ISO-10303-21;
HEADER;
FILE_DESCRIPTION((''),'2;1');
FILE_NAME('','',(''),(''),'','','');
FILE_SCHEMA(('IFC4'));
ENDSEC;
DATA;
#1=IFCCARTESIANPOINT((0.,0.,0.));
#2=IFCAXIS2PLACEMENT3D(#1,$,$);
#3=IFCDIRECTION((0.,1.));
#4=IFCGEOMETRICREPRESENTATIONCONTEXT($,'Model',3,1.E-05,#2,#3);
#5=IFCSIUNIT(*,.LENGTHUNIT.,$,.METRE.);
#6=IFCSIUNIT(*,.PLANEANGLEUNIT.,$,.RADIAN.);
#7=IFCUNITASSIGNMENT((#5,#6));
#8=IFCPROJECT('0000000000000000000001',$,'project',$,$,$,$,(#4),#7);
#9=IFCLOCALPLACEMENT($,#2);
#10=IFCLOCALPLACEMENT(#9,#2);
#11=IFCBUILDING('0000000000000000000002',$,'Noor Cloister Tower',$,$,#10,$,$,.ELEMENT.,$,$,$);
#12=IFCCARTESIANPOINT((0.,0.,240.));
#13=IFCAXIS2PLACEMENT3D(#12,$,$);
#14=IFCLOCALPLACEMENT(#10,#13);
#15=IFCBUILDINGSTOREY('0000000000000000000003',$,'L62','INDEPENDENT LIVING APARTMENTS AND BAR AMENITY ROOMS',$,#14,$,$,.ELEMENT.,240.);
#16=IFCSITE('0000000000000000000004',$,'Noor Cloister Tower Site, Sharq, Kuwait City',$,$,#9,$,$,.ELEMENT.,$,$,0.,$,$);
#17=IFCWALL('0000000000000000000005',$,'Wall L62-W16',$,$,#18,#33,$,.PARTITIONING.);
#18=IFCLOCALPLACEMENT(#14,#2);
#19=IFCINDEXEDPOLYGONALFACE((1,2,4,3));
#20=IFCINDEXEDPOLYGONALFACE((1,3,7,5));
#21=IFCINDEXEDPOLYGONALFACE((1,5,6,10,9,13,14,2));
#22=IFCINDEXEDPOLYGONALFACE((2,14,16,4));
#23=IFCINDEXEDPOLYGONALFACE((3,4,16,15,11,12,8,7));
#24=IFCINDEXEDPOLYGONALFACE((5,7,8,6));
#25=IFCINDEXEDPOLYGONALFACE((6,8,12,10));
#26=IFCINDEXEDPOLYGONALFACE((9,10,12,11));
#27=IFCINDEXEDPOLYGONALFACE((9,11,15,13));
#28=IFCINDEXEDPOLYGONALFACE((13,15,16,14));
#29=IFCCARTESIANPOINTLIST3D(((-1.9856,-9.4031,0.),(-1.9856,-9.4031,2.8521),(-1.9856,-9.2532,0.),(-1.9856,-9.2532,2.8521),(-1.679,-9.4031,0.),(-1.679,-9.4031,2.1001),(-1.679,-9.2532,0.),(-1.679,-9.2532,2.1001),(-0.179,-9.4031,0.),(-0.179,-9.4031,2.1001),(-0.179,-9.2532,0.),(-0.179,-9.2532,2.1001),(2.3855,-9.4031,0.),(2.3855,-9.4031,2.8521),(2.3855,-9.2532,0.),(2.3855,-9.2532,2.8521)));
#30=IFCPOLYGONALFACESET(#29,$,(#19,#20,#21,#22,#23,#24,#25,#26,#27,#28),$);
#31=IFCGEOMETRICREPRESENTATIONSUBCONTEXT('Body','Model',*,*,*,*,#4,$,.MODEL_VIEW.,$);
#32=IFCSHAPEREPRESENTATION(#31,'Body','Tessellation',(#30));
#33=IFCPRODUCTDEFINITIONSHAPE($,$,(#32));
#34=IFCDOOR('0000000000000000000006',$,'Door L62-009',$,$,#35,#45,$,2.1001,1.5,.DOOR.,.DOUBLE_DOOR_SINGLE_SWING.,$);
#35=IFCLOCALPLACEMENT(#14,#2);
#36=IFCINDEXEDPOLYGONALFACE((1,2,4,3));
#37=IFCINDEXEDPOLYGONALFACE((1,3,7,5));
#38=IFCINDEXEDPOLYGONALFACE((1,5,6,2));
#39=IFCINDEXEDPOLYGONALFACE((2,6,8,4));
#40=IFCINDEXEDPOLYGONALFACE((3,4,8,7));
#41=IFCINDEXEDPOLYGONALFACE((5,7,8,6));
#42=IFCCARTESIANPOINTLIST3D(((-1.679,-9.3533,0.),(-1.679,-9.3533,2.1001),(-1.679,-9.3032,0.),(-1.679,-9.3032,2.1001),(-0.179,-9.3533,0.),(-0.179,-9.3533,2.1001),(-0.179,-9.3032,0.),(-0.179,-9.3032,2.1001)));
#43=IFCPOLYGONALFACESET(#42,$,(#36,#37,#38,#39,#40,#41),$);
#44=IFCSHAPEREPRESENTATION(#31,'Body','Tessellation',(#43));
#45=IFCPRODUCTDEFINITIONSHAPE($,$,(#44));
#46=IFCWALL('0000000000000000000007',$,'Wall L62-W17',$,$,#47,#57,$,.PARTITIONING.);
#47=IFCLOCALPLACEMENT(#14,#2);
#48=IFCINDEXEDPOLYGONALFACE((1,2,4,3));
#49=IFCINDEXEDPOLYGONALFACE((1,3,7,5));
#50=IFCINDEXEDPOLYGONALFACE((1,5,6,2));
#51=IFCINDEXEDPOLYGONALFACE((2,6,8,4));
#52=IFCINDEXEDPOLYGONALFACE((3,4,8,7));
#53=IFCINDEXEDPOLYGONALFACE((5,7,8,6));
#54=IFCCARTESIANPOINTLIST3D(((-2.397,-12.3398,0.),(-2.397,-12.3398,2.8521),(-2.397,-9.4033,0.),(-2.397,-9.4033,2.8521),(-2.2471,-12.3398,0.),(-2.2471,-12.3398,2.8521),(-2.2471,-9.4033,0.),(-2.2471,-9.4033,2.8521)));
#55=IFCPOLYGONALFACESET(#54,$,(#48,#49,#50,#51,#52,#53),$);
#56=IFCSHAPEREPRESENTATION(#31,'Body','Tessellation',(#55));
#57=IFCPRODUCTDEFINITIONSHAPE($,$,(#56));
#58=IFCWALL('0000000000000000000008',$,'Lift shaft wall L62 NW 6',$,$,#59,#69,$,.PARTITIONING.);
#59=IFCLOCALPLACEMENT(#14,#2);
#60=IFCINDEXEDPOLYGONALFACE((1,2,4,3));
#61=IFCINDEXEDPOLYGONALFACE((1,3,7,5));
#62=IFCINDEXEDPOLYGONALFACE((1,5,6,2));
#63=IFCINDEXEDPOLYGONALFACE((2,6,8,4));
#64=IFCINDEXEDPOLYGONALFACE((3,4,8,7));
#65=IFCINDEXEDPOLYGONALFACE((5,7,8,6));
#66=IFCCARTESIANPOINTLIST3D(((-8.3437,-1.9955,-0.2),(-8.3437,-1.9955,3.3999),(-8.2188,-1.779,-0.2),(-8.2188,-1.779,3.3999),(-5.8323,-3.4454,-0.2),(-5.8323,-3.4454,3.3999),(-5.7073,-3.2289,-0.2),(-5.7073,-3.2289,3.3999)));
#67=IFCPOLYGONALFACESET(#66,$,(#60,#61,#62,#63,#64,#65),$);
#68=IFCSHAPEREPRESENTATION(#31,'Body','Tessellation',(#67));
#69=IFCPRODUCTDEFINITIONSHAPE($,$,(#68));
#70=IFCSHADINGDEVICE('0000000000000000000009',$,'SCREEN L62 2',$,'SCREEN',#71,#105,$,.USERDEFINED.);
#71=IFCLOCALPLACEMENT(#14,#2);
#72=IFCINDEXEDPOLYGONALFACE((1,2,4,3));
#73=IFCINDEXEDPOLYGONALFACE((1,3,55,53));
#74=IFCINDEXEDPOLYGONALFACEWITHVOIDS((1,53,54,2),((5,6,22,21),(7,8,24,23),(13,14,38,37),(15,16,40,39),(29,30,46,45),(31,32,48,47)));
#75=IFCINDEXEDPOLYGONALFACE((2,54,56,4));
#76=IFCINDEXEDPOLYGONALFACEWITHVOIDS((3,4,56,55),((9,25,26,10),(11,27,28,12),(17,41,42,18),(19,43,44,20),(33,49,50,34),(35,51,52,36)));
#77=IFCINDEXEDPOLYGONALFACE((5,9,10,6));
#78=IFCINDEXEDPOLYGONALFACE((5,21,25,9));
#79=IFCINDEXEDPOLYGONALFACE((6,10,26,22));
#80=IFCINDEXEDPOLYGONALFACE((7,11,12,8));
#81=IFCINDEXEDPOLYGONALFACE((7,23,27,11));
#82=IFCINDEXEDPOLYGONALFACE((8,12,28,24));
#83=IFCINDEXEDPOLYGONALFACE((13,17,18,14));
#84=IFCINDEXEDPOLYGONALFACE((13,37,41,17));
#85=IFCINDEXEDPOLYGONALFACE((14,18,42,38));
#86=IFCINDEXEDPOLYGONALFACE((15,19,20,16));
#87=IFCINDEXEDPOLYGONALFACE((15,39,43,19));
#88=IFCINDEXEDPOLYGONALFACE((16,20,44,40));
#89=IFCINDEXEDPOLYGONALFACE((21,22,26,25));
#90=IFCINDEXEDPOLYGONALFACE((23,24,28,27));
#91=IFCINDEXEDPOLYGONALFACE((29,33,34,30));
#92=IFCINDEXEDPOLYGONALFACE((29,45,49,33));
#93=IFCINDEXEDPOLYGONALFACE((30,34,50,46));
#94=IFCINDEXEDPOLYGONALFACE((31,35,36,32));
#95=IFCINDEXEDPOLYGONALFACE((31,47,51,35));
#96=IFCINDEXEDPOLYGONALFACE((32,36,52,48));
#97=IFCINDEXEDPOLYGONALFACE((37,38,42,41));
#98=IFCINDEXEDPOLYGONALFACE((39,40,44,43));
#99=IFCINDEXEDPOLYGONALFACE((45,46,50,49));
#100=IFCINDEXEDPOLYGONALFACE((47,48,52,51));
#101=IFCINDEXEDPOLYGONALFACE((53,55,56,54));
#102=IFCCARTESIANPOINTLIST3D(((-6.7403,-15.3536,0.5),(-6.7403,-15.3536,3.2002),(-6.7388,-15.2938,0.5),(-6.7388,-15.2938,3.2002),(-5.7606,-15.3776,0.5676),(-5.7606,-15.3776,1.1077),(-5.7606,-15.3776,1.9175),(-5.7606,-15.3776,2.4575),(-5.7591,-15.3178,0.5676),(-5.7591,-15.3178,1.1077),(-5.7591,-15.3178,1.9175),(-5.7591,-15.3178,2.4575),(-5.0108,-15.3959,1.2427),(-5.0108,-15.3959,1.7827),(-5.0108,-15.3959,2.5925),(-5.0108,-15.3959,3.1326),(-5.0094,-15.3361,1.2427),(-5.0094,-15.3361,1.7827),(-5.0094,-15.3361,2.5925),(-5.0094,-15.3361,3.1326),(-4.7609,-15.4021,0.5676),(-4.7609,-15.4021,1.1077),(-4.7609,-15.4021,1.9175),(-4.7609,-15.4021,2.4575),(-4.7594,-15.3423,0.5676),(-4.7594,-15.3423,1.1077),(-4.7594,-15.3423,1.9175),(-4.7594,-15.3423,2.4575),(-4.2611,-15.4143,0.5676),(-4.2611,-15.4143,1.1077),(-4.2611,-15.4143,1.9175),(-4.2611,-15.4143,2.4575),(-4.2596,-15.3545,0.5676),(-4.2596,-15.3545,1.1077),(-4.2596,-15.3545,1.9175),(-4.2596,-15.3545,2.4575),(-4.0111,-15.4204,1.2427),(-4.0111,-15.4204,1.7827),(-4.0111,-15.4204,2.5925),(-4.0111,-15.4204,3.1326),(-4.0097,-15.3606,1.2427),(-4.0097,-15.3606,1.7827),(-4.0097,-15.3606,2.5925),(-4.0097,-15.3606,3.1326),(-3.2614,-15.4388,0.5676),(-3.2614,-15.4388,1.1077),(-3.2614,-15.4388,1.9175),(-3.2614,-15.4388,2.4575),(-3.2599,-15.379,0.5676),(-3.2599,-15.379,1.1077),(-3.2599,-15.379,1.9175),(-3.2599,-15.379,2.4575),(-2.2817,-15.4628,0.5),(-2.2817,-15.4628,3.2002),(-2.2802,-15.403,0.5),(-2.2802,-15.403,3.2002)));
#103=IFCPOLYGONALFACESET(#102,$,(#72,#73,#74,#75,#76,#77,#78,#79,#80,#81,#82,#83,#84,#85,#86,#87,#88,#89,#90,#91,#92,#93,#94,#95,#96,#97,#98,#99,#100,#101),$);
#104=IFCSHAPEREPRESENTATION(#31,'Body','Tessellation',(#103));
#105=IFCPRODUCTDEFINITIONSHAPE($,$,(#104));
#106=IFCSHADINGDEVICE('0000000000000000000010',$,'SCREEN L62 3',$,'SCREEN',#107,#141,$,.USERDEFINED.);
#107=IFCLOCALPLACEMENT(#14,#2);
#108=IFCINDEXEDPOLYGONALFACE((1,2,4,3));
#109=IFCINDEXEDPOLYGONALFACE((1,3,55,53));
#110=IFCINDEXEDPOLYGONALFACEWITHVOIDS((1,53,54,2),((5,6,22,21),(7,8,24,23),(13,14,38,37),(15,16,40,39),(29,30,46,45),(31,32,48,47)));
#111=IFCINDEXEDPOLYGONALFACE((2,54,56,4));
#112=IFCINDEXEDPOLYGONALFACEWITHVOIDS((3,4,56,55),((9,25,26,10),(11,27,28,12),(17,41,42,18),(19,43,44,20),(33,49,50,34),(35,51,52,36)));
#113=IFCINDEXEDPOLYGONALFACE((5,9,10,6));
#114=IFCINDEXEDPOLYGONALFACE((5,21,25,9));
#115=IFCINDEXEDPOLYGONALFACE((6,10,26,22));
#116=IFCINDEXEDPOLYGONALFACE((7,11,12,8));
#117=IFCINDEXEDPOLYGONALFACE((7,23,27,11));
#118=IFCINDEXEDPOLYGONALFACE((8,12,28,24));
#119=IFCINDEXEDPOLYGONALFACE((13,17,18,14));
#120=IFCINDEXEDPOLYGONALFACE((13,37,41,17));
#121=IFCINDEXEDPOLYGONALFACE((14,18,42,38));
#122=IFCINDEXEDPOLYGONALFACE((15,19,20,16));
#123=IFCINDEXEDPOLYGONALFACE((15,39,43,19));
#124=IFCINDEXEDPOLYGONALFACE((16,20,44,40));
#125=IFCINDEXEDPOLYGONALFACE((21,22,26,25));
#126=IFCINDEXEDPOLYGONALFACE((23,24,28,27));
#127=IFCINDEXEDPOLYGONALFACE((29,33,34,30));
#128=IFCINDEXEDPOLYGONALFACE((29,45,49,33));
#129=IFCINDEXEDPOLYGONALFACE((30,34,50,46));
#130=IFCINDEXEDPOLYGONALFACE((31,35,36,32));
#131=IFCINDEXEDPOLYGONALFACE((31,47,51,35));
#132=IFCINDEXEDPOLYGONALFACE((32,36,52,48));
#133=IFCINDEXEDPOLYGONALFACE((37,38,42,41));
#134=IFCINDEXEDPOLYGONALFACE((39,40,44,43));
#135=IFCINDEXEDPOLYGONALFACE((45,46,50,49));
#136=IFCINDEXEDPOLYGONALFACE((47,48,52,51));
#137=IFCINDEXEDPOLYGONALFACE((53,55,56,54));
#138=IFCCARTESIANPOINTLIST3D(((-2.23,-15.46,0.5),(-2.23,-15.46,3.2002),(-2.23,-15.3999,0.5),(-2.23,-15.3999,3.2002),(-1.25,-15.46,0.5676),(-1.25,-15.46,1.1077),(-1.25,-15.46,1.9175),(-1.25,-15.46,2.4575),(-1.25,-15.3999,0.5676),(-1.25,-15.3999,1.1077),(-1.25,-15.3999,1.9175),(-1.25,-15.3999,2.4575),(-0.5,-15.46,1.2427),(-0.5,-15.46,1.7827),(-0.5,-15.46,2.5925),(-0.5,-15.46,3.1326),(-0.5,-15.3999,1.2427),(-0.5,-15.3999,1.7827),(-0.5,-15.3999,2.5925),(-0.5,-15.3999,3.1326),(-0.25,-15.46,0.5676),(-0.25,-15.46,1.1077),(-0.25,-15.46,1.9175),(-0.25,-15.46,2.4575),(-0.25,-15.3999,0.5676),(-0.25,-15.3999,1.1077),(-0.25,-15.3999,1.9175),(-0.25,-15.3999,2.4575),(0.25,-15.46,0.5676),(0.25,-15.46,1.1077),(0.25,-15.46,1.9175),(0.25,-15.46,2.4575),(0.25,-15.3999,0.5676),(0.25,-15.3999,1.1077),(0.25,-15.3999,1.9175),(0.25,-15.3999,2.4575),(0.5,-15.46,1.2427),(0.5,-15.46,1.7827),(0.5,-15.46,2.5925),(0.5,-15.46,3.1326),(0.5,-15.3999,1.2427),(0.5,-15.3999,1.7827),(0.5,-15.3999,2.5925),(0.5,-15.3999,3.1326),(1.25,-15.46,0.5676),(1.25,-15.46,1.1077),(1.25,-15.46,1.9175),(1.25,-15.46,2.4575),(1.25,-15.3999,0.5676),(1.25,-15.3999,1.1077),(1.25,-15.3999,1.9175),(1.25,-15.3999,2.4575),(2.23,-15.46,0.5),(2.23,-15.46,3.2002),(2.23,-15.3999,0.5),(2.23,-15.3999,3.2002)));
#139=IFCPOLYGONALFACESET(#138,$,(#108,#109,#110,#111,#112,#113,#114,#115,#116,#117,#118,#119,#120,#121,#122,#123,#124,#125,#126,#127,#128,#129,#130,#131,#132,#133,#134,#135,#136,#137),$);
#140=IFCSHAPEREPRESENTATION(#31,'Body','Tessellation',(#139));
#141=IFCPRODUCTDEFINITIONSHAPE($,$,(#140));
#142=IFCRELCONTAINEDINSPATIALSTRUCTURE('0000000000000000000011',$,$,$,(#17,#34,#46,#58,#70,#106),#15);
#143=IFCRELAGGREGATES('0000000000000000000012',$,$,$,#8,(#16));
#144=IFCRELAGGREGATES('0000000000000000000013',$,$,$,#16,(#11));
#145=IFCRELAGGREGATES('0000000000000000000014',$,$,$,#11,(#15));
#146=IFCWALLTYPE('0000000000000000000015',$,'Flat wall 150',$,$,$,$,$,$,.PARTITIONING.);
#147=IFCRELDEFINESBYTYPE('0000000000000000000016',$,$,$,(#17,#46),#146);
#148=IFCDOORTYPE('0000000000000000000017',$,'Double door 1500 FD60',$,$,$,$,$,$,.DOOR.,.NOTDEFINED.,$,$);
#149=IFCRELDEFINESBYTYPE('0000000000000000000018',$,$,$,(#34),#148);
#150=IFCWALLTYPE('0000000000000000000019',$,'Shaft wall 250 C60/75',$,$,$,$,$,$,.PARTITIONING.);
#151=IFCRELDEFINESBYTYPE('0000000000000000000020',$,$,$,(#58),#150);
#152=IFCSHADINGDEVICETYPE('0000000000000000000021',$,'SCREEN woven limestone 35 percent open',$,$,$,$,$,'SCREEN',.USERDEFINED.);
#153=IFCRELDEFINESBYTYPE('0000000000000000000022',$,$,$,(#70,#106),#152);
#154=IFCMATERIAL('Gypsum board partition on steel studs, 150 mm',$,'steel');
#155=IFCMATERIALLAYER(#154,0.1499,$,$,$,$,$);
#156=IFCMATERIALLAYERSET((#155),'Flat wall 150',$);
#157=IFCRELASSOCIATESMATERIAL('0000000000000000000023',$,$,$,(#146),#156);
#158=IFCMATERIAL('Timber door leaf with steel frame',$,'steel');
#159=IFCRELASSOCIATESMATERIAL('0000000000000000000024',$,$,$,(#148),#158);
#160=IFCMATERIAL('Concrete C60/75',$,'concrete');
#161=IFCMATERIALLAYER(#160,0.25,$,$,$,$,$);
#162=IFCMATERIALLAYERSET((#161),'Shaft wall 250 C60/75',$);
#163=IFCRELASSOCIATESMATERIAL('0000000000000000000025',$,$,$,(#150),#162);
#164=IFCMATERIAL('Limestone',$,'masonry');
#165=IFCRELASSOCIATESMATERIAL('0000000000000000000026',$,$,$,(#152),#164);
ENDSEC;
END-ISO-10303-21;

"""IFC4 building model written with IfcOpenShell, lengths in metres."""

from ifc_helpers import new_model, si_unit, direction, frame, frame_2d, origin, place, context, subcontext, project, spatial, polyline, rectangle, outline, extrude, material, layer, layer_set, material_profile, profile_set, type_object, element, fill, save


model = new_model("IFC4")

# Units and contexts
model_context = context("Model", 3, precision=1e-05, world=origin(), true_north=direction((0.0, 1.0)))
body_context = subcontext(model_context, "Body", "Model", "MODEL_VIEW")
ifc_project = project(units=[si_unit("LENGTHUNIT", "METRE"), si_unit("PLANEANGLEUNIT", "RADIAN")], contexts=[model_context])

# Site, building, storey
site_placement = place(None, origin())
site = spatial("IfcSite", under=ifc_project, at=site_placement, Name="Noor Cloister Tower Site, Sharq, Kuwait City", CompositionType="ELEMENT", RefElevation=0.0)
building_placement = place(site_placement, origin())
building = spatial("IfcBuilding", under=site, at=building_placement, Name="Noor Cloister Tower", CompositionType="ELEMENT")
storey_placement = place(building_placement, frame((0.0, 0.0, 240.0)))
storey = spatial("IfcBuildingStorey", under=building, at=storey_placement, Name="L62", Description="INDEPENDENT LIVING APARTMENTS AND BAR AMENITY ROOMS", CompositionType="ELEMENT", Elevation=240.0)

# Wall, opening, door
ifc_material_1 = material(Name="Gypsum board partition on steel studs, 150 mm", Category="steel")
ifc_layer_1 = layer(ifc_material_1, 0.1499)
ifc_layer_set_1 = layer_set([ifc_layer_1], Name="Flat wall 150")
wall_type_1 = type_object("IfcWallType", Name="Flat wall 150", PredefinedType="PARTITIONING", material=ifc_layer_set_1)
wall_1_placement = place(storey_placement, frame((-1.9856, -9.3281, 0.0), z_axis=(0.0, 0.0, 1.0), x_axis=(1.0, 0.0, 0.0)))
wall_1 = element("IfcWall", 1, at=wall_1_placement, inside=storey, type_object=wall_type_1, Name="Wall L62-W16", PredefinedType="PARTITIONING", context=body_context, shape_type="SweptSolid", body=[
    extrude(rectangle(XDim=4.3711, YDim=0.1499, at=frame_2d((2.1855, 0.0))), origin(), (0.0, 0.0, 1.0), 2.8521),
])
opening_placement = place(wall_1_placement, frame((0.3066, 0.0, 0.0)))
opening = element("IfcOpeningElement", 2, at=opening_placement, cuts=wall_1, PredefinedType="OPENING", context=body_context, shape_type="SweptSolid", body=[
    extrude(rectangle(XDim=1.5, YDim=2.1001, at=frame_2d((0.75, 1.05))), frame((0.0, 0.085, 0.0), z_axis=(0.0, -1.0, 0.0), x_axis=(1.0, 0.0, 0.0)), (0.0, 0.0, 1.0), 0.1699),
])
ifc_material_2 = material(Name="Timber door leaf with steel frame", Category="steel")
door_type = type_object("IfcDoorType", Name="Double door 1500 FD60", OperationType="NOTDEFINED", PredefinedType="DOOR", material=ifc_material_2)
door_placement = place(opening_placement, origin())
door = element("IfcDoor", 3, at=door_placement, inside=storey, type_object=door_type, Name="Door L62-009", OperationType="DOUBLE_DOOR_SINGLE_SWING", OverallHeight=2.1001, OverallWidth=1.5, PredefinedType="DOOR", context=body_context, shape_type="SweptSolid", body=[
    extrude(rectangle(XDim=1.5, YDim=2.1001, at=frame_2d((0.75, 1.05))), frame((0.0, 0.0249, 0.0), z_axis=(0.0, -1.0, 0.0), x_axis=(1.0, 0.0, 0.0)), (0.0, 0.0, 1.0), 0.05),
])
fill(opening, door)

# Walls
wall_2_placement = place(storey_placement, frame((-2.322, -9.4033, 0.0), z_axis=(0.0, 0.0, 1.0), x_axis=(0.0, -1.0, 0.0)))
element("IfcWall", 4, at=wall_2_placement, inside=storey, type_object=wall_type_1, Name="Wall L62-W17", PredefinedType="PARTITIONING", context=body_context, shape_type="SweptSolid", body=[
    extrude(rectangle(XDim=2.9365, YDim=0.1499, at=frame_2d((1.4683, 0.0))), origin(), (0.0, 0.0, 1.0), 2.8521),
])
ifc_material_3 = material(Name="Concrete C60/75", Category="concrete")
ifc_layer_2 = layer(ifc_material_3, 0.25)
ifc_layer_set_2 = layer_set([ifc_layer_2], Name="Shaft wall 250 C60/75")
wall_type_2 = type_object("IfcWallType", Name="Shaft wall 250 C60/75", PredefinedType="PARTITIONING", material=ifc_layer_set_2)
wall_3_placement = place(storey_placement, frame((-8.2812, -1.8872, -0.2), z_axis=(0.0, 0.0, 1.0), x_axis=(0.866033, -0.499987, 0.0)))
element("IfcWall", 5, at=wall_3_placement, inside=storey, type_object=wall_type_2, Name="Lift shaft wall L62 NW 6", PredefinedType="PARTITIONING", context=body_context, shape_type="SweptSolid", body=[
    extrude(rectangle(XDim=2.8999, YDim=0.25, at=frame_2d((1.45, 0.0))), origin(), (0.0, 0.0, 1.0), 3.5999),
])

# Shading devices
ifc_material_4 = material(Name="Limestone", Category="masonry")
ifc_material_profile_1 = material_profile(ifc_material_4, outline(polyline([(-2.23, -1.3501), (2.23, -1.3501), (2.23, 1.3501), (-2.23, 1.3501), (-2.23, -1.3501)]), holes=[polyline([(-1.25, -1.2825), (-0.25, -1.2825), (-0.25, -0.7424), (-1.25, -0.7424), (-1.25, -1.2825)]), polyline([(0.25, -1.2825), (1.25, -1.2825), (1.25, -0.7424), (0.25, -0.7424), (0.25, -1.2825)]), polyline([(-0.5, -0.6074), (0.5, -0.6074), (0.5, -0.0674), (-0.5, -0.0674), (-0.5, -0.6074)]), polyline([(-1.25, 0.0674), (-0.25, 0.0674), (-0.25, 0.6074), (-1.25, 0.6074), (-1.25, 0.0674)]), polyline([(0.25, 0.0674), (1.25, 0.0674), (1.25, 0.6074), (0.25, 0.6074), (0.25, 0.0674)]), polyline([(-0.5, 0.7424), (0.5, 0.7424), (0.5, 1.2825), (-0.5, 1.2825), (-0.5, 0.7424)])]), Name="Woven screen 35 percent open")
ifc_profile_set_1 = profile_set([ifc_material_profile_1], Name="Limestone")
shading_device_type = type_object("IfcShadingDeviceType", Name="SCREEN woven limestone 35 percent open", ElementType="SCREEN", PredefinedType="USERDEFINED", material=ifc_profile_set_1)
shading_device_1_placement = place(storey_placement, frame((-4.5095, -15.3484, 1.8501), z_axis=(-0.024482, -0.9997, 0.0), x_axis=(0.9997, -0.024482, 0.0)))
element("IfcShadingDevice", 6, at=shading_device_1_placement, inside=storey, type_object=shading_device_type, Name="SCREEN L62 2", ObjectType="SCREEN", PredefinedType="USERDEFINED", context=body_context, shape_type="SweptSolid", body=[
    extrude(outline(polyline([(-2.23, -1.3501), (2.23, -1.3501), (2.23, 1.3501), (-2.23, 1.3501), (-2.23, -1.3501)]), holes=[polyline([(-1.25, -1.2825), (-0.25, -1.2825), (-0.25, -0.7424), (-1.25, -0.7424), (-1.25, -1.2825)]), polyline([(0.25, -1.2825), (1.25, -1.2825), (1.25, -0.7424), (0.25, -0.7424), (0.25, -1.2825)]), polyline([(-0.5, -0.6074), (0.5, -0.6074), (0.5, -0.0674), (-0.5, -0.0674), (-0.5, -0.6074)]), polyline([(-1.25, 0.0674), (-0.25, 0.0674), (-0.25, 0.6074), (-1.25, 0.6074), (-1.25, 0.0674)]), polyline([(0.25, 0.0674), (1.25, 0.0674), (1.25, 0.6074), (0.25, 0.6074), (0.25, 0.0674)]), polyline([(-0.5, 0.7424), (0.5, 0.7424), (0.5, 1.2825), (-0.5, 1.2825), (-0.5, 0.7424)])]), origin(), (0.0, 0.0, 1.0), 0.0598),
])
shading_device_2_placement = place(storey_placement, frame((0.0, -15.3999, 1.8501), z_axis=(0.0, -1.0, 0.0), x_axis=(1.0, 0.0, 0.0)))
element("IfcShadingDevice", 7, at=shading_device_2_placement, inside=storey, type_object=shading_device_type, Name="SCREEN L62 3", ObjectType="SCREEN", PredefinedType="USERDEFINED", context=body_context, shape_type="SweptSolid", body=[
    extrude(outline(polyline([(-2.23, -1.3501), (2.23, -1.3501), (2.23, 1.3501), (-2.23, 1.3501), (-2.23, -1.3501)]), holes=[polyline([(-1.25, -1.2825), (-0.25, -1.2825), (-0.25, -0.7424), (-1.25, -0.7424), (-1.25, -1.2825)]), polyline([(0.25, -1.2825), (1.25, -1.2825), (1.25, -0.7424), (0.25, -0.7424), (0.25, -1.2825)]), polyline([(-0.5, -0.6074), (0.5, -0.6074), (0.5, -0.0674), (-0.5, -0.0674), (-0.5, -0.6074)]), polyline([(-1.25, 0.0674), (-0.25, 0.0674), (-0.25, 0.6074), (-1.25, 0.6074), (-1.25, 0.0674)]), polyline([(0.25, 0.0674), (1.25, 0.0674), (1.25, 0.6074), (0.25, 0.6074), (0.25, 0.0674)]), polyline([(-0.5, 0.7424), (0.5, 0.7424), (0.5, 1.2825), (-0.5, 1.2825), (-0.5, 0.7424)])]), origin(), (0.0, 0.0, 1.0), 0.0601),
])

save(model, "model.ifc")
